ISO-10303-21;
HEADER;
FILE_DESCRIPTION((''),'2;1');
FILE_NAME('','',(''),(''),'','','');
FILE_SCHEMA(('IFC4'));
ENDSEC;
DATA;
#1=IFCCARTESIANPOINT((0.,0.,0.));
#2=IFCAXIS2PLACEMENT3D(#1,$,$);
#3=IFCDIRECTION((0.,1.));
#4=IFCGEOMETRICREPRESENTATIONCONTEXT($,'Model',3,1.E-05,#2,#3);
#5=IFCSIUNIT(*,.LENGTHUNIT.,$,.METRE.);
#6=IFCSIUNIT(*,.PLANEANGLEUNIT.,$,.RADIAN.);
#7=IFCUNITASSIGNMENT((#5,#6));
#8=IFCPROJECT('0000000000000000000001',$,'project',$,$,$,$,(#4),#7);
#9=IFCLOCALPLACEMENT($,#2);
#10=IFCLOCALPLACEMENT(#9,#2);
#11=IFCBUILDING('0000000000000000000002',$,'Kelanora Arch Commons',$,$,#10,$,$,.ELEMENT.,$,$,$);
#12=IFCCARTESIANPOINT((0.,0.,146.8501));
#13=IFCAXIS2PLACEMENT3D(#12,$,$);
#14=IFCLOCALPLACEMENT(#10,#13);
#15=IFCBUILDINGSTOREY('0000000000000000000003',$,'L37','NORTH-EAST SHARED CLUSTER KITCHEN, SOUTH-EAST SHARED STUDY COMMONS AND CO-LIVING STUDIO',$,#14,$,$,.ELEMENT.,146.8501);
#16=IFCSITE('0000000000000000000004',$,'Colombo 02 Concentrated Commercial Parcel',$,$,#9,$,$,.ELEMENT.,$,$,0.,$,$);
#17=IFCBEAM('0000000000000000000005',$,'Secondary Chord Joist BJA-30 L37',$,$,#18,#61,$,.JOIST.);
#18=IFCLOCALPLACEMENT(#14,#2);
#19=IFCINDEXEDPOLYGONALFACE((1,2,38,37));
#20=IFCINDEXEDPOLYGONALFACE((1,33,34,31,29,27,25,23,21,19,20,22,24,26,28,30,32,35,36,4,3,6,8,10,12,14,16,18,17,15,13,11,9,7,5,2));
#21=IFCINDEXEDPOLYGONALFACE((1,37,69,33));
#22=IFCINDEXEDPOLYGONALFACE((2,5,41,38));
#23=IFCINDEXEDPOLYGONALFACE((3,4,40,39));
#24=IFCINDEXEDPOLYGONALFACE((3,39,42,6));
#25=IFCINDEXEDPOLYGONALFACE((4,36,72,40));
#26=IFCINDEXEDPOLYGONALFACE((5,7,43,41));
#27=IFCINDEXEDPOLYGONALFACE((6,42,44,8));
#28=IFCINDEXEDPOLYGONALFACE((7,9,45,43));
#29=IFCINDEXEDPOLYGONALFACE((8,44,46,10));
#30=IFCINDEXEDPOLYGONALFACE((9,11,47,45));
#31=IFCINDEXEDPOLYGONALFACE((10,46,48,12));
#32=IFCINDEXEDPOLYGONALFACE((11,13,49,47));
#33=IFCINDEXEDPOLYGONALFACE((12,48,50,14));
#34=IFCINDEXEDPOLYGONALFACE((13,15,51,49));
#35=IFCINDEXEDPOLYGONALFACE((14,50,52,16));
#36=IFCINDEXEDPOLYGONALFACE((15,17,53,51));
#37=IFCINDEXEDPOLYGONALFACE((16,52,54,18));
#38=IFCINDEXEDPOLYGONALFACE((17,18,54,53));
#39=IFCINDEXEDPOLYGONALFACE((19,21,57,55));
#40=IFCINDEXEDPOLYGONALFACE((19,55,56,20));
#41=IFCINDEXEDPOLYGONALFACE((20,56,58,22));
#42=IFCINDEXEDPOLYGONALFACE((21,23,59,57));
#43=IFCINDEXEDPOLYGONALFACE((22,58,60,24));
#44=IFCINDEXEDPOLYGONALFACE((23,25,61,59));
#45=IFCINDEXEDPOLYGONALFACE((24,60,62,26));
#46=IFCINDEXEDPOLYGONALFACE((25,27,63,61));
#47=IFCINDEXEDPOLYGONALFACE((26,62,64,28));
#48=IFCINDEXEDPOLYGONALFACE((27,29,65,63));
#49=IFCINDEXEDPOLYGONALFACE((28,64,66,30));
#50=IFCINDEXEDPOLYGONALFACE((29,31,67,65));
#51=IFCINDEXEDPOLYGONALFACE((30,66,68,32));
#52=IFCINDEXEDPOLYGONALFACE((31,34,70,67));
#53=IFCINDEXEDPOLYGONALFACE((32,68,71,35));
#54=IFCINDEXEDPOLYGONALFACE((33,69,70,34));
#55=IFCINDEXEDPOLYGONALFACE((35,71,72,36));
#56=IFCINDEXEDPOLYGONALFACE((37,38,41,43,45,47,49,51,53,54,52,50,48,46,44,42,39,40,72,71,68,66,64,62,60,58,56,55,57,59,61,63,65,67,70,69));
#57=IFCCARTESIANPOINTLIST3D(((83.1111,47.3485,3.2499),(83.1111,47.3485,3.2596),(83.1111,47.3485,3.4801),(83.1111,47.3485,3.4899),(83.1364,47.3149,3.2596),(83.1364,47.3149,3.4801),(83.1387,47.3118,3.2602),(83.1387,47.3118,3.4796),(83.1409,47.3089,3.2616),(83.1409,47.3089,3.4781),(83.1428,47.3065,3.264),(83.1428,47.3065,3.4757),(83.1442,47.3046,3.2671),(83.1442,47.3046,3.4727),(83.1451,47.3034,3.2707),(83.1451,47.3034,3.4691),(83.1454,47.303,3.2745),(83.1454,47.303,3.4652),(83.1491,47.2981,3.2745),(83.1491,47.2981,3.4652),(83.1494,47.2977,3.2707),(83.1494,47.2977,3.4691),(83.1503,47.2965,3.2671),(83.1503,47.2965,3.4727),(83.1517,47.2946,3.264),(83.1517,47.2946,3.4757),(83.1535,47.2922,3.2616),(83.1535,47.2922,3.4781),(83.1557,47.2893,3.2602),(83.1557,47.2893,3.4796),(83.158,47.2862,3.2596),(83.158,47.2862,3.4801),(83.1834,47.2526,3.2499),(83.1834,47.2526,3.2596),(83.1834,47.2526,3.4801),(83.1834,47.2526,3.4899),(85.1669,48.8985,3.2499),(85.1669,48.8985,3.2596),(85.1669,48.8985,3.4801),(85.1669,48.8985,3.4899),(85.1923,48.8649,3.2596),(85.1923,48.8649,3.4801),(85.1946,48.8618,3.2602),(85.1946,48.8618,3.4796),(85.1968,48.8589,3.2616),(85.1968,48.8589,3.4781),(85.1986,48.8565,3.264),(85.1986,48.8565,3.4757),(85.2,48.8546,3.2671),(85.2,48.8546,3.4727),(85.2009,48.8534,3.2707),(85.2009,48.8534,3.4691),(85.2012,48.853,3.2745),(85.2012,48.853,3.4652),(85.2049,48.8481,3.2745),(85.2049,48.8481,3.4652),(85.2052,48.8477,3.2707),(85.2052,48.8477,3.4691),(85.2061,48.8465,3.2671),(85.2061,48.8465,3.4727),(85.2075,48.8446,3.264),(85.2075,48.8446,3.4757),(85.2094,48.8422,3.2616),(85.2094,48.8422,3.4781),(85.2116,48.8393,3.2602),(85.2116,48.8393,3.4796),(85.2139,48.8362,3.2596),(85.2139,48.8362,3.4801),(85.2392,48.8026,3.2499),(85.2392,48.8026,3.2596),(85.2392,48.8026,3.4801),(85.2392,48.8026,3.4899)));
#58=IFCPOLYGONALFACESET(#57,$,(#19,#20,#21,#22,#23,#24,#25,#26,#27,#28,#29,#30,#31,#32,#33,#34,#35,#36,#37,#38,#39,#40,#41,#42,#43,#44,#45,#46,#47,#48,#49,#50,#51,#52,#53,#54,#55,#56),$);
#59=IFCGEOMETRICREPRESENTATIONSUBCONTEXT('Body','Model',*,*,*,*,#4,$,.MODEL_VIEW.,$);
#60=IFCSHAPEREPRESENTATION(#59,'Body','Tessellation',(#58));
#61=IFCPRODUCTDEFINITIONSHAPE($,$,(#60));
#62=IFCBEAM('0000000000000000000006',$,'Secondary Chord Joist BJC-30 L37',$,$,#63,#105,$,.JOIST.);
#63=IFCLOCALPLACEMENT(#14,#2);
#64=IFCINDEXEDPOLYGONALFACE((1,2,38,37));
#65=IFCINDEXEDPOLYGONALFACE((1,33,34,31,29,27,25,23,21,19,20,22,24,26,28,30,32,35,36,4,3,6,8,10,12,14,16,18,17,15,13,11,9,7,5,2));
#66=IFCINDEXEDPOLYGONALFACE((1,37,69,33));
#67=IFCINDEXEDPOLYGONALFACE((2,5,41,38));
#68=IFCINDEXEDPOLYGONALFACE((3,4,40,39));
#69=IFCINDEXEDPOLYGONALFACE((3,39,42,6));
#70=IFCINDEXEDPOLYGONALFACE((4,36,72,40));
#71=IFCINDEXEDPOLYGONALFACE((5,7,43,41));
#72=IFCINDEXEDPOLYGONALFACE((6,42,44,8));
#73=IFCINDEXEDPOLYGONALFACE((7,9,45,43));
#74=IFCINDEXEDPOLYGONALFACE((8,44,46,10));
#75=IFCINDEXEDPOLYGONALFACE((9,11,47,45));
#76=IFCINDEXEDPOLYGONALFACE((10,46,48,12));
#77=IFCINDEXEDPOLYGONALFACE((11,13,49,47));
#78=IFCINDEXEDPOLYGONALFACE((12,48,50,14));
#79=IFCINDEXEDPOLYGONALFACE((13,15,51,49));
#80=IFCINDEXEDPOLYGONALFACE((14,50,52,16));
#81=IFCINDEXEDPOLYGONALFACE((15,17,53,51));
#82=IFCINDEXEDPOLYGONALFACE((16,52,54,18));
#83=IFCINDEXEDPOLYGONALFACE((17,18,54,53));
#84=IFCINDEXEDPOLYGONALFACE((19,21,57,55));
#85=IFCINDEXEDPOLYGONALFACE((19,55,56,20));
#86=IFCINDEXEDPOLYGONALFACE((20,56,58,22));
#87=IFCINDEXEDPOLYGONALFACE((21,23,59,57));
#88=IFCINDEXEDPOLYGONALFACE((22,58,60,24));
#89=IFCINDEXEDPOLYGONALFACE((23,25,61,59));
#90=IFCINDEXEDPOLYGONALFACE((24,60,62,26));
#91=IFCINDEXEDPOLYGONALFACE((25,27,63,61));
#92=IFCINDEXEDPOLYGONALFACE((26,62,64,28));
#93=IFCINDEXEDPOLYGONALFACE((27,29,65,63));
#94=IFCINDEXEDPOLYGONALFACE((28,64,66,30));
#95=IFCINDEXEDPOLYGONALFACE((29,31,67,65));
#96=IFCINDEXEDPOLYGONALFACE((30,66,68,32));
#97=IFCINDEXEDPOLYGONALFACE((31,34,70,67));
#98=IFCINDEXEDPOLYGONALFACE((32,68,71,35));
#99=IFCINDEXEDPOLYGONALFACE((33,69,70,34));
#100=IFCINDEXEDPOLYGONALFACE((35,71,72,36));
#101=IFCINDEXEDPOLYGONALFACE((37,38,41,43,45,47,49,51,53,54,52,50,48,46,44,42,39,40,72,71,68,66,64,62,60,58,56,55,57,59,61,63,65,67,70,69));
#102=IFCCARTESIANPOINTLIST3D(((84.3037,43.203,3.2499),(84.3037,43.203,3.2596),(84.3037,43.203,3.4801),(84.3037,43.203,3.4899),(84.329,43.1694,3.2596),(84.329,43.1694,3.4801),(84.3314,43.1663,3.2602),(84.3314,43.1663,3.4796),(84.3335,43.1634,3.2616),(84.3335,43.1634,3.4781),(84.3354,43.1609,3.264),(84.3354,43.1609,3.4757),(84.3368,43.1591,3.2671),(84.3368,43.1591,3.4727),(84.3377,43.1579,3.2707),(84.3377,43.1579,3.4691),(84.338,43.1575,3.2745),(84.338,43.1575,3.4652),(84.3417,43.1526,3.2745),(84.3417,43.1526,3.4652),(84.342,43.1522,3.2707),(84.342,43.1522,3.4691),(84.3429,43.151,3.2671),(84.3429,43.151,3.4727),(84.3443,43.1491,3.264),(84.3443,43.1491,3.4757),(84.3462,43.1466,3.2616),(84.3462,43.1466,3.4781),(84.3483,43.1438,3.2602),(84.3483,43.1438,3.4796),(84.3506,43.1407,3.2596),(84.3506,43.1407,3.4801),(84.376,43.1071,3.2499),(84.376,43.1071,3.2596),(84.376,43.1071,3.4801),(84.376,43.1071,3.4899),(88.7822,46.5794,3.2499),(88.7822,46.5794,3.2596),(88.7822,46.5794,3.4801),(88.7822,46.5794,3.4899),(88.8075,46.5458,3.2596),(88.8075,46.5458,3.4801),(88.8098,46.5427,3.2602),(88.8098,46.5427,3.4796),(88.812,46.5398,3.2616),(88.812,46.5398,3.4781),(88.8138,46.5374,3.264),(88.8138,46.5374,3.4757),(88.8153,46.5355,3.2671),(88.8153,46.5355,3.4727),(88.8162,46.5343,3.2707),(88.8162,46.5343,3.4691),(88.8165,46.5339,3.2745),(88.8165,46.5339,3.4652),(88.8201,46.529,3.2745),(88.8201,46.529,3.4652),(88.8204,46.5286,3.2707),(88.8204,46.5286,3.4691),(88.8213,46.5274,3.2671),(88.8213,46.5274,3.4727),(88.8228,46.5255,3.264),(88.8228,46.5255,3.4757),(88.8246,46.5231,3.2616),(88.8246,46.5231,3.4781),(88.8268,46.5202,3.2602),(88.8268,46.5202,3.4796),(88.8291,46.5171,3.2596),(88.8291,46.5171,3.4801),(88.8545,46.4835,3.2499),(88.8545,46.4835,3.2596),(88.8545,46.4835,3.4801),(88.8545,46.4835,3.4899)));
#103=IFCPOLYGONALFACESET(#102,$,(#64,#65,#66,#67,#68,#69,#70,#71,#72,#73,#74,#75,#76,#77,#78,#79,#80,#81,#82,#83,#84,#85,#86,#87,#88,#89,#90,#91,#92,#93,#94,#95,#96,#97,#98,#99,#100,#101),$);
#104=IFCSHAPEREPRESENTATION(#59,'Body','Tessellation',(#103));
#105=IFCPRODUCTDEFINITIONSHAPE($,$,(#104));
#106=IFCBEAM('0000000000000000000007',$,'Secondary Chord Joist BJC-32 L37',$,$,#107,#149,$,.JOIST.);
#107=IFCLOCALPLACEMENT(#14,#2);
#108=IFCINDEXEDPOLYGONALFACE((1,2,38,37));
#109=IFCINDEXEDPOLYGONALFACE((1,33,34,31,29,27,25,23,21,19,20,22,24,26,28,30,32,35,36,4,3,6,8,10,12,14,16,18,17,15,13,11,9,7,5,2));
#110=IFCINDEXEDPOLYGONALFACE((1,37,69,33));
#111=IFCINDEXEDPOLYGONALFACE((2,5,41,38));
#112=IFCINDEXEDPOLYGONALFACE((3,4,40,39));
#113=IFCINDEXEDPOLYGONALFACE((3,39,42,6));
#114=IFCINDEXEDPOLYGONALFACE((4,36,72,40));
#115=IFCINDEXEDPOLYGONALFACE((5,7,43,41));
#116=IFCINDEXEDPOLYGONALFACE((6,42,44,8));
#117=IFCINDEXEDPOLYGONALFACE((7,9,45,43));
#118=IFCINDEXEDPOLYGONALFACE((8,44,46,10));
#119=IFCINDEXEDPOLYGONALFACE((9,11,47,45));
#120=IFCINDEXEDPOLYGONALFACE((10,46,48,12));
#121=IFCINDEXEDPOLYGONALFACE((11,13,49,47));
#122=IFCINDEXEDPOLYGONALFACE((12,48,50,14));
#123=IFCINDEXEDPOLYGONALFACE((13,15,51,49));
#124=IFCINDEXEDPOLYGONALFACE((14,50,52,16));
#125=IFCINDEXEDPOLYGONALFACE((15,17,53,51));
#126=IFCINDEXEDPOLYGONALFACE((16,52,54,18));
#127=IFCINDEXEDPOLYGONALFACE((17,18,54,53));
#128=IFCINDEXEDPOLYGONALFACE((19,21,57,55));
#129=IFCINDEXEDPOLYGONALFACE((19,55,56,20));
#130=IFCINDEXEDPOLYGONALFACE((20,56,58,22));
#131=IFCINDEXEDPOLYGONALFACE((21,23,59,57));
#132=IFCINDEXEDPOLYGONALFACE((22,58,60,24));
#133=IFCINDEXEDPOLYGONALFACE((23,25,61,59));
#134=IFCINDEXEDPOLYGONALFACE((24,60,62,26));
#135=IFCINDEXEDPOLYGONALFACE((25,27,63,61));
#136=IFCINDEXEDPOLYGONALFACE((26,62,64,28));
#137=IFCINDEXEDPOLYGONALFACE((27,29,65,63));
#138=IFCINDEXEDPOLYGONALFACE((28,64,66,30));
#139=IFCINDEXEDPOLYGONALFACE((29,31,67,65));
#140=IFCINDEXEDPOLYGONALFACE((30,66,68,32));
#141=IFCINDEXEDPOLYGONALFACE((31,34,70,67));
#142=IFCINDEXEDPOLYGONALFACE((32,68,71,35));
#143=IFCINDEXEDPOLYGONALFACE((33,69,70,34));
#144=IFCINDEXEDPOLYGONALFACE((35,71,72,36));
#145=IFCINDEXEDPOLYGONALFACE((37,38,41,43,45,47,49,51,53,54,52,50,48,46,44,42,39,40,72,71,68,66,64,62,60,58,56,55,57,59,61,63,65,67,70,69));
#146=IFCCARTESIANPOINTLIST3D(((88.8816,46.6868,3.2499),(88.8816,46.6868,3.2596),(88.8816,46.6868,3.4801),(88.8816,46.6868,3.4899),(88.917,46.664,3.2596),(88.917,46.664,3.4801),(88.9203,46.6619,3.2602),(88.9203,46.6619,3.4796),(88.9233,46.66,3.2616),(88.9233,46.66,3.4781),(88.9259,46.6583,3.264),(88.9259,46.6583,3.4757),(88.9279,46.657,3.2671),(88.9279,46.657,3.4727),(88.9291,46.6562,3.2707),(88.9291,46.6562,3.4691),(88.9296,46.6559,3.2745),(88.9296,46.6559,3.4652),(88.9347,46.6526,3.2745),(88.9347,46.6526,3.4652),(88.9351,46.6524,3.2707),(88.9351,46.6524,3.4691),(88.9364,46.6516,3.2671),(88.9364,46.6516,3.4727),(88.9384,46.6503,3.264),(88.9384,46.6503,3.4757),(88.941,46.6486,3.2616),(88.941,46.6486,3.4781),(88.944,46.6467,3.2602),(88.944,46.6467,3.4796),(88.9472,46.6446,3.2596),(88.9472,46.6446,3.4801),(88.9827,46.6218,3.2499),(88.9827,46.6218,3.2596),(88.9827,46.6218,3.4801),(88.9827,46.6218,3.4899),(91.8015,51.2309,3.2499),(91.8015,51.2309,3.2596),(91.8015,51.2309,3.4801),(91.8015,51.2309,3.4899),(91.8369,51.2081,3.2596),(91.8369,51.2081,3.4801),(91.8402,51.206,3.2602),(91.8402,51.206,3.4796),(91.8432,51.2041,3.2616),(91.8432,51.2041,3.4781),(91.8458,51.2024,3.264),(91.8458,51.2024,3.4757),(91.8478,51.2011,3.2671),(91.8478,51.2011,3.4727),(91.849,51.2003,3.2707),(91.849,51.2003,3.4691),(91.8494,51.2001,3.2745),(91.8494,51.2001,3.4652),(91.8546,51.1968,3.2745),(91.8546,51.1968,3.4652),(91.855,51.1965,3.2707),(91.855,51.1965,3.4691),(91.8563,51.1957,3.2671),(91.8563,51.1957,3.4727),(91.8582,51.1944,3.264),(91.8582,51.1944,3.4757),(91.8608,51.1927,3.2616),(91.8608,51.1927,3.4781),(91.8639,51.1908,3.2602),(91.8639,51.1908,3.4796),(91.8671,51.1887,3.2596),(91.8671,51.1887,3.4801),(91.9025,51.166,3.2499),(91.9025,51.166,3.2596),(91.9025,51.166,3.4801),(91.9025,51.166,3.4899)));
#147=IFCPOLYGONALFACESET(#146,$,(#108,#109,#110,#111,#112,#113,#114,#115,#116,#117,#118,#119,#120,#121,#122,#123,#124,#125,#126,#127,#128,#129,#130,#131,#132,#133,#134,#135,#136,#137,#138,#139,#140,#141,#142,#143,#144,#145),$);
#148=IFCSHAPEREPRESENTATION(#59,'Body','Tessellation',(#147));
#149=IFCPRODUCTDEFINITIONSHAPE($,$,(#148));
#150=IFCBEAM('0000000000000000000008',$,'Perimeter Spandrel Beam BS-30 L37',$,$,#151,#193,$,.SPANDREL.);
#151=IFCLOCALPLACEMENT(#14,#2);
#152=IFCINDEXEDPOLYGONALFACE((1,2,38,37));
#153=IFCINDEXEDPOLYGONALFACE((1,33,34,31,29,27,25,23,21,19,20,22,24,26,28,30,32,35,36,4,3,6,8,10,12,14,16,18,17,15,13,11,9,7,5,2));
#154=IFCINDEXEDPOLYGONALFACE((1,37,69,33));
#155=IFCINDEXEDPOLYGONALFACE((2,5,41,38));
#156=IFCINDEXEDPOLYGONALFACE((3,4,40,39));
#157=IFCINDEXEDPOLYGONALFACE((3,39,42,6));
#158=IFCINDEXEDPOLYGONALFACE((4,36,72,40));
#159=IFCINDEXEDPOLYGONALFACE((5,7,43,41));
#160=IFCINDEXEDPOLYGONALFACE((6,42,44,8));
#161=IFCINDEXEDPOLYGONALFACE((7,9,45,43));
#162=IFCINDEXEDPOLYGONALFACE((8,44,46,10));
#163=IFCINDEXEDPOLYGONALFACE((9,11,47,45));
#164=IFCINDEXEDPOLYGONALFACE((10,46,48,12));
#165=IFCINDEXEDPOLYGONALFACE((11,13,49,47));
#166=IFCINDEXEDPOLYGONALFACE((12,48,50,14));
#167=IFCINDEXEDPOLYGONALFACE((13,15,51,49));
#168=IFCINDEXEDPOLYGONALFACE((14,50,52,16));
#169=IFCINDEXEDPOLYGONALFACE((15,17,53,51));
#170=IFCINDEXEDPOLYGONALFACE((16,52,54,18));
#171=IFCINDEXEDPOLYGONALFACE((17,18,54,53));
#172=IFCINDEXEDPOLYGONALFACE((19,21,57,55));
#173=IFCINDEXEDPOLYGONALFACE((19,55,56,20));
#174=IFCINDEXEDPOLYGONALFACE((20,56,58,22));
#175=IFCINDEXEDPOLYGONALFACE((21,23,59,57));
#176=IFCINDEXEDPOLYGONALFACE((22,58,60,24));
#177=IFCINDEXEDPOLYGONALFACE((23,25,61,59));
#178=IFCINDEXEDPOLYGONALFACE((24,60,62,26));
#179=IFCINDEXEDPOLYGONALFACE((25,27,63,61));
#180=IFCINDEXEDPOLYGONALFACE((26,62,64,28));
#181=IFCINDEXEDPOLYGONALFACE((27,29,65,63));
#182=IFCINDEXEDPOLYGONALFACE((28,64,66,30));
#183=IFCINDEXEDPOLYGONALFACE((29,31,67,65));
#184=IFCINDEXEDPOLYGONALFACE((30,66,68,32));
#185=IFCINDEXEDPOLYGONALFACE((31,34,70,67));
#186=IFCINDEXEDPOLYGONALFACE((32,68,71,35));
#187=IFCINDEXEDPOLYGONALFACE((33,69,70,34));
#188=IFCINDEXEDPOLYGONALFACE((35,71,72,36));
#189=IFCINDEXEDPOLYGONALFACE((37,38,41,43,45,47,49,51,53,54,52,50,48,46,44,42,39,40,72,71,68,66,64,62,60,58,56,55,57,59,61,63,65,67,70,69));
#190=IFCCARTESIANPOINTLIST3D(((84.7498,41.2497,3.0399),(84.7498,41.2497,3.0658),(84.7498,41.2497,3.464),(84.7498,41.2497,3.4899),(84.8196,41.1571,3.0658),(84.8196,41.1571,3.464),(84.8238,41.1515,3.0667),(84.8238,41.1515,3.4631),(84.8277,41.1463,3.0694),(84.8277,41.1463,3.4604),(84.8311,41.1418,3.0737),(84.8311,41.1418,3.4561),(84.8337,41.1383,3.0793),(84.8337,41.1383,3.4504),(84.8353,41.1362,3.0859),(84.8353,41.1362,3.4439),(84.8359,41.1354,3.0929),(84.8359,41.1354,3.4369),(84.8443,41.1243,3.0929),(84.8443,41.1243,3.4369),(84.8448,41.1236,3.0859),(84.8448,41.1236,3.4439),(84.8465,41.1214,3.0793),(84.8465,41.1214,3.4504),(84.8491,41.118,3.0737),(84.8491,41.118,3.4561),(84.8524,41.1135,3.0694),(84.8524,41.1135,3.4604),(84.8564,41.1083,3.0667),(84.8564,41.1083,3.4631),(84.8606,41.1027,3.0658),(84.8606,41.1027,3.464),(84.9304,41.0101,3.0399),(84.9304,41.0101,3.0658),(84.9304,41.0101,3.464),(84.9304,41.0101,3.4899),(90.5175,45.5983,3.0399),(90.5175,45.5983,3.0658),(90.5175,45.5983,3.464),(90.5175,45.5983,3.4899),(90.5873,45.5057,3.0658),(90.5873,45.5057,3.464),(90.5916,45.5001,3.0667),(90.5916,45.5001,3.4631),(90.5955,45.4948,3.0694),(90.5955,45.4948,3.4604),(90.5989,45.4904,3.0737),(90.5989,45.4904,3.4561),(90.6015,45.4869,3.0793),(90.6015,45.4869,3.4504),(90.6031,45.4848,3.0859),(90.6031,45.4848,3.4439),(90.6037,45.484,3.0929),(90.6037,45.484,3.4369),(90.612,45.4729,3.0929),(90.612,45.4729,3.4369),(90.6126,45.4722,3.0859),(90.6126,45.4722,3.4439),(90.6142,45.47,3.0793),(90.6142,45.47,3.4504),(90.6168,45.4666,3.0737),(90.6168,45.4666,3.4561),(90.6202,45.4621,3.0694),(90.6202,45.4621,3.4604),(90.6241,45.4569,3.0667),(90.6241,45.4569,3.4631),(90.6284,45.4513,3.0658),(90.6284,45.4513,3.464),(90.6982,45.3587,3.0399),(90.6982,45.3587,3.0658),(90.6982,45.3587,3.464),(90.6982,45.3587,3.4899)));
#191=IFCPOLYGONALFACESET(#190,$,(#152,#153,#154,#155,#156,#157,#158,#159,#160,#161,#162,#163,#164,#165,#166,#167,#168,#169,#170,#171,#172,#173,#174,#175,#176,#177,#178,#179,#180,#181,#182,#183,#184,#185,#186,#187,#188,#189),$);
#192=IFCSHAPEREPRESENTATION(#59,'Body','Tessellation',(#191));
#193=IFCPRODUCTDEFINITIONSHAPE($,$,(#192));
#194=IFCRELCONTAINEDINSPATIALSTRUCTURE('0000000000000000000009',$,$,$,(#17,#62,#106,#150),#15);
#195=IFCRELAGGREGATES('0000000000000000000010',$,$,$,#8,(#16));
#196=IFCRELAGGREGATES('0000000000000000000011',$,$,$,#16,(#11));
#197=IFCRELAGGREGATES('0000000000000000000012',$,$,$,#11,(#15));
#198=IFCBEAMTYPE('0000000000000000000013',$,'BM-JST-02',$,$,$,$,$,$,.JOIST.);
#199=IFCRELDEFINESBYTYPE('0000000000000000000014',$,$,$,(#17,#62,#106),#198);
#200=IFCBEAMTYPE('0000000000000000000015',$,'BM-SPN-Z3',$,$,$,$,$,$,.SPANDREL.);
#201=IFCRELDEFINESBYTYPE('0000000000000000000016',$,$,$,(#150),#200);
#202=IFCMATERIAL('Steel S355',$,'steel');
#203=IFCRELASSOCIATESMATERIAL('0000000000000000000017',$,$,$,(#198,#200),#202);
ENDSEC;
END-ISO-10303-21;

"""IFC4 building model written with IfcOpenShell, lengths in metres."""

from ifc_helpers import new_model, si_unit, direction, frame, origin, origin_2d, place, context, subcontext, project, spatial, i_section, extrude, material, material_profile, profile_set, type_object, element, save


model = new_model("IFC4")

# Units and contexts
model_context = context("Model", 3, precision=1e-05, world=origin(), true_north=direction((0.0, 1.0)))
body_context = subcontext(model_context, "Body", "Model", "MODEL_VIEW")
ifc_project = project(units=[si_unit("LENGTHUNIT", "METRE"), si_unit("PLANEANGLEUNIT", "RADIAN")], contexts=[model_context])

# Site, building, storey
site_placement = place(None, origin())
site = spatial("IfcSite", under=ifc_project, at=site_placement, Name="Colombo 02 Concentrated Commercial Parcel", CompositionType="ELEMENT", RefElevation=0.0)
building_placement = place(site_placement, origin())
building = spatial("IfcBuilding", under=site, at=building_placement, Name="Kelanora Arch Commons", CompositionType="ELEMENT")
storey_placement = place(building_placement, frame((0.0, 0.0, 146.8501)))
storey = spatial("IfcBuildingStorey", under=building, at=storey_placement, Name="L37", Description="NORTH-EAST SHARED CLUSTER KITCHEN, SOUTH-EAST SHARED STUDY COMMONS AND CO-LIVING STUDIO", CompositionType="ELEMENT", Elevation=146.8501)

# Beams
ifc_material_1 = material(Name="Steel S355", Category="steel")
ifc_material_profile_1 = material_profile(ifc_material_1, i_section(OverallWidth=0.1201, OverallDepth=0.24, WebThickness=0.0061, FlangeThickness=0.0098, FilletRadius=0.0149, at=origin_2d()), Name="IPE240")
ifc_profile_set_1 = profile_set([ifc_material_profile_1], Name="Steel S355")
beam_type_1 = type_object("IfcBeamType", Name="BM-JST-02", PredefinedType="JOIST", material=ifc_profile_set_1)
beam_1_placement = place(storey_placement, frame((83.1472, 47.3005, 3.3699), z_axis=(0.798484, 0.602016, 0.0), x_axis=(-0.602016, 0.798484, 0.0)))
element("IfcBeam", 1, at=beam_1_placement, inside=storey, type_object=beam_type_1, Name="Secondary Chord Joist BJA-30 L37", PredefinedType="JOIST", context=body_context, shape_type="SweptSolid", body=[
    extrude(i_section(OverallWidth=0.1201, OverallDepth=0.24, WebThickness=0.0061, FlangeThickness=0.0098, FilletRadius=0.0149, at=origin_2d()), origin(), (0.0, 0.0, 1.0), 2.5747),
])
beam_2_placement = place(storey_placement, frame((84.3398, 43.155, 3.3699), z_axis=(0.798493, 0.602004, 0.0), x_axis=(-0.602004, 0.798493, 0.0)))
element("IfcBeam", 2, at=beam_2_placement, inside=storey, type_object=beam_type_1, Name="Secondary Chord Joist BJC-30 L37", PredefinedType="JOIST", context=body_context, shape_type="SweptSolid", body=[
    extrude(i_section(OverallWidth=0.1201, OverallDepth=0.24, WebThickness=0.0061, FlangeThickness=0.0098, FilletRadius=0.0149, at=origin_2d()), origin(), (0.0, 0.0, 1.0), 5.6086),
])
beam_3_placement = place(storey_placement, frame((88.9321, 46.6543, 3.3699), z_axis=(0.540582, 0.841292, 0.0), x_axis=(-0.841292, 0.540582, 0.0)))
element("IfcBeam", 3, at=beam_3_placement, inside=storey, type_object=beam_type_1, Name="Secondary Chord Joist BJC-32 L37", PredefinedType="JOIST", context=body_context, shape_type="SweptSolid", body=[
    extrude(i_section(OverallWidth=0.1201, OverallDepth=0.24, WebThickness=0.0061, FlangeThickness=0.0098, FilletRadius=0.0149, at=origin_2d()), origin(), (0.0, 0.0, 1.0), 5.4014),
])
ifc_material_profile_2 = material_profile(ifc_material_1, i_section(OverallWidth=0.3, OverallDepth=0.45, WebThickness=0.0139, FlangeThickness=0.0259, FilletRadius=0.0271, at=origin_2d()), Name="HEB450")
ifc_profile_set_2 = profile_set([ifc_material_profile_2], Name="Steel S355")
beam_type_2 = type_object("IfcBeamType", Name="BM-SPN-Z3", PredefinedType="SPANDREL", material=ifc_profile_set_2)
beam_4_placement = place(storey_placement, frame((84.8401, 41.1299, 3.2649), z_axis=(0.798485, 0.602015, 0.0), x_axis=(-0.602015, 0.798485, 0.0)))
element("IfcBeam", 4, at=beam_4_placement, inside=storey, type_object=beam_type_2, Name="Perimeter Spandrel Beam BS-30 L37", PredefinedType="SPANDREL", context=body_context, shape_type="SweptSolid", body=[
    extrude(i_section(OverallWidth=0.3, OverallDepth=0.45, WebThickness=0.0139, FlangeThickness=0.0259, FilletRadius=0.0271, at=origin_2d()), origin(), (0.0, 0.0, 1.0), 7.2234),
])

save(model, "model.ifc")
